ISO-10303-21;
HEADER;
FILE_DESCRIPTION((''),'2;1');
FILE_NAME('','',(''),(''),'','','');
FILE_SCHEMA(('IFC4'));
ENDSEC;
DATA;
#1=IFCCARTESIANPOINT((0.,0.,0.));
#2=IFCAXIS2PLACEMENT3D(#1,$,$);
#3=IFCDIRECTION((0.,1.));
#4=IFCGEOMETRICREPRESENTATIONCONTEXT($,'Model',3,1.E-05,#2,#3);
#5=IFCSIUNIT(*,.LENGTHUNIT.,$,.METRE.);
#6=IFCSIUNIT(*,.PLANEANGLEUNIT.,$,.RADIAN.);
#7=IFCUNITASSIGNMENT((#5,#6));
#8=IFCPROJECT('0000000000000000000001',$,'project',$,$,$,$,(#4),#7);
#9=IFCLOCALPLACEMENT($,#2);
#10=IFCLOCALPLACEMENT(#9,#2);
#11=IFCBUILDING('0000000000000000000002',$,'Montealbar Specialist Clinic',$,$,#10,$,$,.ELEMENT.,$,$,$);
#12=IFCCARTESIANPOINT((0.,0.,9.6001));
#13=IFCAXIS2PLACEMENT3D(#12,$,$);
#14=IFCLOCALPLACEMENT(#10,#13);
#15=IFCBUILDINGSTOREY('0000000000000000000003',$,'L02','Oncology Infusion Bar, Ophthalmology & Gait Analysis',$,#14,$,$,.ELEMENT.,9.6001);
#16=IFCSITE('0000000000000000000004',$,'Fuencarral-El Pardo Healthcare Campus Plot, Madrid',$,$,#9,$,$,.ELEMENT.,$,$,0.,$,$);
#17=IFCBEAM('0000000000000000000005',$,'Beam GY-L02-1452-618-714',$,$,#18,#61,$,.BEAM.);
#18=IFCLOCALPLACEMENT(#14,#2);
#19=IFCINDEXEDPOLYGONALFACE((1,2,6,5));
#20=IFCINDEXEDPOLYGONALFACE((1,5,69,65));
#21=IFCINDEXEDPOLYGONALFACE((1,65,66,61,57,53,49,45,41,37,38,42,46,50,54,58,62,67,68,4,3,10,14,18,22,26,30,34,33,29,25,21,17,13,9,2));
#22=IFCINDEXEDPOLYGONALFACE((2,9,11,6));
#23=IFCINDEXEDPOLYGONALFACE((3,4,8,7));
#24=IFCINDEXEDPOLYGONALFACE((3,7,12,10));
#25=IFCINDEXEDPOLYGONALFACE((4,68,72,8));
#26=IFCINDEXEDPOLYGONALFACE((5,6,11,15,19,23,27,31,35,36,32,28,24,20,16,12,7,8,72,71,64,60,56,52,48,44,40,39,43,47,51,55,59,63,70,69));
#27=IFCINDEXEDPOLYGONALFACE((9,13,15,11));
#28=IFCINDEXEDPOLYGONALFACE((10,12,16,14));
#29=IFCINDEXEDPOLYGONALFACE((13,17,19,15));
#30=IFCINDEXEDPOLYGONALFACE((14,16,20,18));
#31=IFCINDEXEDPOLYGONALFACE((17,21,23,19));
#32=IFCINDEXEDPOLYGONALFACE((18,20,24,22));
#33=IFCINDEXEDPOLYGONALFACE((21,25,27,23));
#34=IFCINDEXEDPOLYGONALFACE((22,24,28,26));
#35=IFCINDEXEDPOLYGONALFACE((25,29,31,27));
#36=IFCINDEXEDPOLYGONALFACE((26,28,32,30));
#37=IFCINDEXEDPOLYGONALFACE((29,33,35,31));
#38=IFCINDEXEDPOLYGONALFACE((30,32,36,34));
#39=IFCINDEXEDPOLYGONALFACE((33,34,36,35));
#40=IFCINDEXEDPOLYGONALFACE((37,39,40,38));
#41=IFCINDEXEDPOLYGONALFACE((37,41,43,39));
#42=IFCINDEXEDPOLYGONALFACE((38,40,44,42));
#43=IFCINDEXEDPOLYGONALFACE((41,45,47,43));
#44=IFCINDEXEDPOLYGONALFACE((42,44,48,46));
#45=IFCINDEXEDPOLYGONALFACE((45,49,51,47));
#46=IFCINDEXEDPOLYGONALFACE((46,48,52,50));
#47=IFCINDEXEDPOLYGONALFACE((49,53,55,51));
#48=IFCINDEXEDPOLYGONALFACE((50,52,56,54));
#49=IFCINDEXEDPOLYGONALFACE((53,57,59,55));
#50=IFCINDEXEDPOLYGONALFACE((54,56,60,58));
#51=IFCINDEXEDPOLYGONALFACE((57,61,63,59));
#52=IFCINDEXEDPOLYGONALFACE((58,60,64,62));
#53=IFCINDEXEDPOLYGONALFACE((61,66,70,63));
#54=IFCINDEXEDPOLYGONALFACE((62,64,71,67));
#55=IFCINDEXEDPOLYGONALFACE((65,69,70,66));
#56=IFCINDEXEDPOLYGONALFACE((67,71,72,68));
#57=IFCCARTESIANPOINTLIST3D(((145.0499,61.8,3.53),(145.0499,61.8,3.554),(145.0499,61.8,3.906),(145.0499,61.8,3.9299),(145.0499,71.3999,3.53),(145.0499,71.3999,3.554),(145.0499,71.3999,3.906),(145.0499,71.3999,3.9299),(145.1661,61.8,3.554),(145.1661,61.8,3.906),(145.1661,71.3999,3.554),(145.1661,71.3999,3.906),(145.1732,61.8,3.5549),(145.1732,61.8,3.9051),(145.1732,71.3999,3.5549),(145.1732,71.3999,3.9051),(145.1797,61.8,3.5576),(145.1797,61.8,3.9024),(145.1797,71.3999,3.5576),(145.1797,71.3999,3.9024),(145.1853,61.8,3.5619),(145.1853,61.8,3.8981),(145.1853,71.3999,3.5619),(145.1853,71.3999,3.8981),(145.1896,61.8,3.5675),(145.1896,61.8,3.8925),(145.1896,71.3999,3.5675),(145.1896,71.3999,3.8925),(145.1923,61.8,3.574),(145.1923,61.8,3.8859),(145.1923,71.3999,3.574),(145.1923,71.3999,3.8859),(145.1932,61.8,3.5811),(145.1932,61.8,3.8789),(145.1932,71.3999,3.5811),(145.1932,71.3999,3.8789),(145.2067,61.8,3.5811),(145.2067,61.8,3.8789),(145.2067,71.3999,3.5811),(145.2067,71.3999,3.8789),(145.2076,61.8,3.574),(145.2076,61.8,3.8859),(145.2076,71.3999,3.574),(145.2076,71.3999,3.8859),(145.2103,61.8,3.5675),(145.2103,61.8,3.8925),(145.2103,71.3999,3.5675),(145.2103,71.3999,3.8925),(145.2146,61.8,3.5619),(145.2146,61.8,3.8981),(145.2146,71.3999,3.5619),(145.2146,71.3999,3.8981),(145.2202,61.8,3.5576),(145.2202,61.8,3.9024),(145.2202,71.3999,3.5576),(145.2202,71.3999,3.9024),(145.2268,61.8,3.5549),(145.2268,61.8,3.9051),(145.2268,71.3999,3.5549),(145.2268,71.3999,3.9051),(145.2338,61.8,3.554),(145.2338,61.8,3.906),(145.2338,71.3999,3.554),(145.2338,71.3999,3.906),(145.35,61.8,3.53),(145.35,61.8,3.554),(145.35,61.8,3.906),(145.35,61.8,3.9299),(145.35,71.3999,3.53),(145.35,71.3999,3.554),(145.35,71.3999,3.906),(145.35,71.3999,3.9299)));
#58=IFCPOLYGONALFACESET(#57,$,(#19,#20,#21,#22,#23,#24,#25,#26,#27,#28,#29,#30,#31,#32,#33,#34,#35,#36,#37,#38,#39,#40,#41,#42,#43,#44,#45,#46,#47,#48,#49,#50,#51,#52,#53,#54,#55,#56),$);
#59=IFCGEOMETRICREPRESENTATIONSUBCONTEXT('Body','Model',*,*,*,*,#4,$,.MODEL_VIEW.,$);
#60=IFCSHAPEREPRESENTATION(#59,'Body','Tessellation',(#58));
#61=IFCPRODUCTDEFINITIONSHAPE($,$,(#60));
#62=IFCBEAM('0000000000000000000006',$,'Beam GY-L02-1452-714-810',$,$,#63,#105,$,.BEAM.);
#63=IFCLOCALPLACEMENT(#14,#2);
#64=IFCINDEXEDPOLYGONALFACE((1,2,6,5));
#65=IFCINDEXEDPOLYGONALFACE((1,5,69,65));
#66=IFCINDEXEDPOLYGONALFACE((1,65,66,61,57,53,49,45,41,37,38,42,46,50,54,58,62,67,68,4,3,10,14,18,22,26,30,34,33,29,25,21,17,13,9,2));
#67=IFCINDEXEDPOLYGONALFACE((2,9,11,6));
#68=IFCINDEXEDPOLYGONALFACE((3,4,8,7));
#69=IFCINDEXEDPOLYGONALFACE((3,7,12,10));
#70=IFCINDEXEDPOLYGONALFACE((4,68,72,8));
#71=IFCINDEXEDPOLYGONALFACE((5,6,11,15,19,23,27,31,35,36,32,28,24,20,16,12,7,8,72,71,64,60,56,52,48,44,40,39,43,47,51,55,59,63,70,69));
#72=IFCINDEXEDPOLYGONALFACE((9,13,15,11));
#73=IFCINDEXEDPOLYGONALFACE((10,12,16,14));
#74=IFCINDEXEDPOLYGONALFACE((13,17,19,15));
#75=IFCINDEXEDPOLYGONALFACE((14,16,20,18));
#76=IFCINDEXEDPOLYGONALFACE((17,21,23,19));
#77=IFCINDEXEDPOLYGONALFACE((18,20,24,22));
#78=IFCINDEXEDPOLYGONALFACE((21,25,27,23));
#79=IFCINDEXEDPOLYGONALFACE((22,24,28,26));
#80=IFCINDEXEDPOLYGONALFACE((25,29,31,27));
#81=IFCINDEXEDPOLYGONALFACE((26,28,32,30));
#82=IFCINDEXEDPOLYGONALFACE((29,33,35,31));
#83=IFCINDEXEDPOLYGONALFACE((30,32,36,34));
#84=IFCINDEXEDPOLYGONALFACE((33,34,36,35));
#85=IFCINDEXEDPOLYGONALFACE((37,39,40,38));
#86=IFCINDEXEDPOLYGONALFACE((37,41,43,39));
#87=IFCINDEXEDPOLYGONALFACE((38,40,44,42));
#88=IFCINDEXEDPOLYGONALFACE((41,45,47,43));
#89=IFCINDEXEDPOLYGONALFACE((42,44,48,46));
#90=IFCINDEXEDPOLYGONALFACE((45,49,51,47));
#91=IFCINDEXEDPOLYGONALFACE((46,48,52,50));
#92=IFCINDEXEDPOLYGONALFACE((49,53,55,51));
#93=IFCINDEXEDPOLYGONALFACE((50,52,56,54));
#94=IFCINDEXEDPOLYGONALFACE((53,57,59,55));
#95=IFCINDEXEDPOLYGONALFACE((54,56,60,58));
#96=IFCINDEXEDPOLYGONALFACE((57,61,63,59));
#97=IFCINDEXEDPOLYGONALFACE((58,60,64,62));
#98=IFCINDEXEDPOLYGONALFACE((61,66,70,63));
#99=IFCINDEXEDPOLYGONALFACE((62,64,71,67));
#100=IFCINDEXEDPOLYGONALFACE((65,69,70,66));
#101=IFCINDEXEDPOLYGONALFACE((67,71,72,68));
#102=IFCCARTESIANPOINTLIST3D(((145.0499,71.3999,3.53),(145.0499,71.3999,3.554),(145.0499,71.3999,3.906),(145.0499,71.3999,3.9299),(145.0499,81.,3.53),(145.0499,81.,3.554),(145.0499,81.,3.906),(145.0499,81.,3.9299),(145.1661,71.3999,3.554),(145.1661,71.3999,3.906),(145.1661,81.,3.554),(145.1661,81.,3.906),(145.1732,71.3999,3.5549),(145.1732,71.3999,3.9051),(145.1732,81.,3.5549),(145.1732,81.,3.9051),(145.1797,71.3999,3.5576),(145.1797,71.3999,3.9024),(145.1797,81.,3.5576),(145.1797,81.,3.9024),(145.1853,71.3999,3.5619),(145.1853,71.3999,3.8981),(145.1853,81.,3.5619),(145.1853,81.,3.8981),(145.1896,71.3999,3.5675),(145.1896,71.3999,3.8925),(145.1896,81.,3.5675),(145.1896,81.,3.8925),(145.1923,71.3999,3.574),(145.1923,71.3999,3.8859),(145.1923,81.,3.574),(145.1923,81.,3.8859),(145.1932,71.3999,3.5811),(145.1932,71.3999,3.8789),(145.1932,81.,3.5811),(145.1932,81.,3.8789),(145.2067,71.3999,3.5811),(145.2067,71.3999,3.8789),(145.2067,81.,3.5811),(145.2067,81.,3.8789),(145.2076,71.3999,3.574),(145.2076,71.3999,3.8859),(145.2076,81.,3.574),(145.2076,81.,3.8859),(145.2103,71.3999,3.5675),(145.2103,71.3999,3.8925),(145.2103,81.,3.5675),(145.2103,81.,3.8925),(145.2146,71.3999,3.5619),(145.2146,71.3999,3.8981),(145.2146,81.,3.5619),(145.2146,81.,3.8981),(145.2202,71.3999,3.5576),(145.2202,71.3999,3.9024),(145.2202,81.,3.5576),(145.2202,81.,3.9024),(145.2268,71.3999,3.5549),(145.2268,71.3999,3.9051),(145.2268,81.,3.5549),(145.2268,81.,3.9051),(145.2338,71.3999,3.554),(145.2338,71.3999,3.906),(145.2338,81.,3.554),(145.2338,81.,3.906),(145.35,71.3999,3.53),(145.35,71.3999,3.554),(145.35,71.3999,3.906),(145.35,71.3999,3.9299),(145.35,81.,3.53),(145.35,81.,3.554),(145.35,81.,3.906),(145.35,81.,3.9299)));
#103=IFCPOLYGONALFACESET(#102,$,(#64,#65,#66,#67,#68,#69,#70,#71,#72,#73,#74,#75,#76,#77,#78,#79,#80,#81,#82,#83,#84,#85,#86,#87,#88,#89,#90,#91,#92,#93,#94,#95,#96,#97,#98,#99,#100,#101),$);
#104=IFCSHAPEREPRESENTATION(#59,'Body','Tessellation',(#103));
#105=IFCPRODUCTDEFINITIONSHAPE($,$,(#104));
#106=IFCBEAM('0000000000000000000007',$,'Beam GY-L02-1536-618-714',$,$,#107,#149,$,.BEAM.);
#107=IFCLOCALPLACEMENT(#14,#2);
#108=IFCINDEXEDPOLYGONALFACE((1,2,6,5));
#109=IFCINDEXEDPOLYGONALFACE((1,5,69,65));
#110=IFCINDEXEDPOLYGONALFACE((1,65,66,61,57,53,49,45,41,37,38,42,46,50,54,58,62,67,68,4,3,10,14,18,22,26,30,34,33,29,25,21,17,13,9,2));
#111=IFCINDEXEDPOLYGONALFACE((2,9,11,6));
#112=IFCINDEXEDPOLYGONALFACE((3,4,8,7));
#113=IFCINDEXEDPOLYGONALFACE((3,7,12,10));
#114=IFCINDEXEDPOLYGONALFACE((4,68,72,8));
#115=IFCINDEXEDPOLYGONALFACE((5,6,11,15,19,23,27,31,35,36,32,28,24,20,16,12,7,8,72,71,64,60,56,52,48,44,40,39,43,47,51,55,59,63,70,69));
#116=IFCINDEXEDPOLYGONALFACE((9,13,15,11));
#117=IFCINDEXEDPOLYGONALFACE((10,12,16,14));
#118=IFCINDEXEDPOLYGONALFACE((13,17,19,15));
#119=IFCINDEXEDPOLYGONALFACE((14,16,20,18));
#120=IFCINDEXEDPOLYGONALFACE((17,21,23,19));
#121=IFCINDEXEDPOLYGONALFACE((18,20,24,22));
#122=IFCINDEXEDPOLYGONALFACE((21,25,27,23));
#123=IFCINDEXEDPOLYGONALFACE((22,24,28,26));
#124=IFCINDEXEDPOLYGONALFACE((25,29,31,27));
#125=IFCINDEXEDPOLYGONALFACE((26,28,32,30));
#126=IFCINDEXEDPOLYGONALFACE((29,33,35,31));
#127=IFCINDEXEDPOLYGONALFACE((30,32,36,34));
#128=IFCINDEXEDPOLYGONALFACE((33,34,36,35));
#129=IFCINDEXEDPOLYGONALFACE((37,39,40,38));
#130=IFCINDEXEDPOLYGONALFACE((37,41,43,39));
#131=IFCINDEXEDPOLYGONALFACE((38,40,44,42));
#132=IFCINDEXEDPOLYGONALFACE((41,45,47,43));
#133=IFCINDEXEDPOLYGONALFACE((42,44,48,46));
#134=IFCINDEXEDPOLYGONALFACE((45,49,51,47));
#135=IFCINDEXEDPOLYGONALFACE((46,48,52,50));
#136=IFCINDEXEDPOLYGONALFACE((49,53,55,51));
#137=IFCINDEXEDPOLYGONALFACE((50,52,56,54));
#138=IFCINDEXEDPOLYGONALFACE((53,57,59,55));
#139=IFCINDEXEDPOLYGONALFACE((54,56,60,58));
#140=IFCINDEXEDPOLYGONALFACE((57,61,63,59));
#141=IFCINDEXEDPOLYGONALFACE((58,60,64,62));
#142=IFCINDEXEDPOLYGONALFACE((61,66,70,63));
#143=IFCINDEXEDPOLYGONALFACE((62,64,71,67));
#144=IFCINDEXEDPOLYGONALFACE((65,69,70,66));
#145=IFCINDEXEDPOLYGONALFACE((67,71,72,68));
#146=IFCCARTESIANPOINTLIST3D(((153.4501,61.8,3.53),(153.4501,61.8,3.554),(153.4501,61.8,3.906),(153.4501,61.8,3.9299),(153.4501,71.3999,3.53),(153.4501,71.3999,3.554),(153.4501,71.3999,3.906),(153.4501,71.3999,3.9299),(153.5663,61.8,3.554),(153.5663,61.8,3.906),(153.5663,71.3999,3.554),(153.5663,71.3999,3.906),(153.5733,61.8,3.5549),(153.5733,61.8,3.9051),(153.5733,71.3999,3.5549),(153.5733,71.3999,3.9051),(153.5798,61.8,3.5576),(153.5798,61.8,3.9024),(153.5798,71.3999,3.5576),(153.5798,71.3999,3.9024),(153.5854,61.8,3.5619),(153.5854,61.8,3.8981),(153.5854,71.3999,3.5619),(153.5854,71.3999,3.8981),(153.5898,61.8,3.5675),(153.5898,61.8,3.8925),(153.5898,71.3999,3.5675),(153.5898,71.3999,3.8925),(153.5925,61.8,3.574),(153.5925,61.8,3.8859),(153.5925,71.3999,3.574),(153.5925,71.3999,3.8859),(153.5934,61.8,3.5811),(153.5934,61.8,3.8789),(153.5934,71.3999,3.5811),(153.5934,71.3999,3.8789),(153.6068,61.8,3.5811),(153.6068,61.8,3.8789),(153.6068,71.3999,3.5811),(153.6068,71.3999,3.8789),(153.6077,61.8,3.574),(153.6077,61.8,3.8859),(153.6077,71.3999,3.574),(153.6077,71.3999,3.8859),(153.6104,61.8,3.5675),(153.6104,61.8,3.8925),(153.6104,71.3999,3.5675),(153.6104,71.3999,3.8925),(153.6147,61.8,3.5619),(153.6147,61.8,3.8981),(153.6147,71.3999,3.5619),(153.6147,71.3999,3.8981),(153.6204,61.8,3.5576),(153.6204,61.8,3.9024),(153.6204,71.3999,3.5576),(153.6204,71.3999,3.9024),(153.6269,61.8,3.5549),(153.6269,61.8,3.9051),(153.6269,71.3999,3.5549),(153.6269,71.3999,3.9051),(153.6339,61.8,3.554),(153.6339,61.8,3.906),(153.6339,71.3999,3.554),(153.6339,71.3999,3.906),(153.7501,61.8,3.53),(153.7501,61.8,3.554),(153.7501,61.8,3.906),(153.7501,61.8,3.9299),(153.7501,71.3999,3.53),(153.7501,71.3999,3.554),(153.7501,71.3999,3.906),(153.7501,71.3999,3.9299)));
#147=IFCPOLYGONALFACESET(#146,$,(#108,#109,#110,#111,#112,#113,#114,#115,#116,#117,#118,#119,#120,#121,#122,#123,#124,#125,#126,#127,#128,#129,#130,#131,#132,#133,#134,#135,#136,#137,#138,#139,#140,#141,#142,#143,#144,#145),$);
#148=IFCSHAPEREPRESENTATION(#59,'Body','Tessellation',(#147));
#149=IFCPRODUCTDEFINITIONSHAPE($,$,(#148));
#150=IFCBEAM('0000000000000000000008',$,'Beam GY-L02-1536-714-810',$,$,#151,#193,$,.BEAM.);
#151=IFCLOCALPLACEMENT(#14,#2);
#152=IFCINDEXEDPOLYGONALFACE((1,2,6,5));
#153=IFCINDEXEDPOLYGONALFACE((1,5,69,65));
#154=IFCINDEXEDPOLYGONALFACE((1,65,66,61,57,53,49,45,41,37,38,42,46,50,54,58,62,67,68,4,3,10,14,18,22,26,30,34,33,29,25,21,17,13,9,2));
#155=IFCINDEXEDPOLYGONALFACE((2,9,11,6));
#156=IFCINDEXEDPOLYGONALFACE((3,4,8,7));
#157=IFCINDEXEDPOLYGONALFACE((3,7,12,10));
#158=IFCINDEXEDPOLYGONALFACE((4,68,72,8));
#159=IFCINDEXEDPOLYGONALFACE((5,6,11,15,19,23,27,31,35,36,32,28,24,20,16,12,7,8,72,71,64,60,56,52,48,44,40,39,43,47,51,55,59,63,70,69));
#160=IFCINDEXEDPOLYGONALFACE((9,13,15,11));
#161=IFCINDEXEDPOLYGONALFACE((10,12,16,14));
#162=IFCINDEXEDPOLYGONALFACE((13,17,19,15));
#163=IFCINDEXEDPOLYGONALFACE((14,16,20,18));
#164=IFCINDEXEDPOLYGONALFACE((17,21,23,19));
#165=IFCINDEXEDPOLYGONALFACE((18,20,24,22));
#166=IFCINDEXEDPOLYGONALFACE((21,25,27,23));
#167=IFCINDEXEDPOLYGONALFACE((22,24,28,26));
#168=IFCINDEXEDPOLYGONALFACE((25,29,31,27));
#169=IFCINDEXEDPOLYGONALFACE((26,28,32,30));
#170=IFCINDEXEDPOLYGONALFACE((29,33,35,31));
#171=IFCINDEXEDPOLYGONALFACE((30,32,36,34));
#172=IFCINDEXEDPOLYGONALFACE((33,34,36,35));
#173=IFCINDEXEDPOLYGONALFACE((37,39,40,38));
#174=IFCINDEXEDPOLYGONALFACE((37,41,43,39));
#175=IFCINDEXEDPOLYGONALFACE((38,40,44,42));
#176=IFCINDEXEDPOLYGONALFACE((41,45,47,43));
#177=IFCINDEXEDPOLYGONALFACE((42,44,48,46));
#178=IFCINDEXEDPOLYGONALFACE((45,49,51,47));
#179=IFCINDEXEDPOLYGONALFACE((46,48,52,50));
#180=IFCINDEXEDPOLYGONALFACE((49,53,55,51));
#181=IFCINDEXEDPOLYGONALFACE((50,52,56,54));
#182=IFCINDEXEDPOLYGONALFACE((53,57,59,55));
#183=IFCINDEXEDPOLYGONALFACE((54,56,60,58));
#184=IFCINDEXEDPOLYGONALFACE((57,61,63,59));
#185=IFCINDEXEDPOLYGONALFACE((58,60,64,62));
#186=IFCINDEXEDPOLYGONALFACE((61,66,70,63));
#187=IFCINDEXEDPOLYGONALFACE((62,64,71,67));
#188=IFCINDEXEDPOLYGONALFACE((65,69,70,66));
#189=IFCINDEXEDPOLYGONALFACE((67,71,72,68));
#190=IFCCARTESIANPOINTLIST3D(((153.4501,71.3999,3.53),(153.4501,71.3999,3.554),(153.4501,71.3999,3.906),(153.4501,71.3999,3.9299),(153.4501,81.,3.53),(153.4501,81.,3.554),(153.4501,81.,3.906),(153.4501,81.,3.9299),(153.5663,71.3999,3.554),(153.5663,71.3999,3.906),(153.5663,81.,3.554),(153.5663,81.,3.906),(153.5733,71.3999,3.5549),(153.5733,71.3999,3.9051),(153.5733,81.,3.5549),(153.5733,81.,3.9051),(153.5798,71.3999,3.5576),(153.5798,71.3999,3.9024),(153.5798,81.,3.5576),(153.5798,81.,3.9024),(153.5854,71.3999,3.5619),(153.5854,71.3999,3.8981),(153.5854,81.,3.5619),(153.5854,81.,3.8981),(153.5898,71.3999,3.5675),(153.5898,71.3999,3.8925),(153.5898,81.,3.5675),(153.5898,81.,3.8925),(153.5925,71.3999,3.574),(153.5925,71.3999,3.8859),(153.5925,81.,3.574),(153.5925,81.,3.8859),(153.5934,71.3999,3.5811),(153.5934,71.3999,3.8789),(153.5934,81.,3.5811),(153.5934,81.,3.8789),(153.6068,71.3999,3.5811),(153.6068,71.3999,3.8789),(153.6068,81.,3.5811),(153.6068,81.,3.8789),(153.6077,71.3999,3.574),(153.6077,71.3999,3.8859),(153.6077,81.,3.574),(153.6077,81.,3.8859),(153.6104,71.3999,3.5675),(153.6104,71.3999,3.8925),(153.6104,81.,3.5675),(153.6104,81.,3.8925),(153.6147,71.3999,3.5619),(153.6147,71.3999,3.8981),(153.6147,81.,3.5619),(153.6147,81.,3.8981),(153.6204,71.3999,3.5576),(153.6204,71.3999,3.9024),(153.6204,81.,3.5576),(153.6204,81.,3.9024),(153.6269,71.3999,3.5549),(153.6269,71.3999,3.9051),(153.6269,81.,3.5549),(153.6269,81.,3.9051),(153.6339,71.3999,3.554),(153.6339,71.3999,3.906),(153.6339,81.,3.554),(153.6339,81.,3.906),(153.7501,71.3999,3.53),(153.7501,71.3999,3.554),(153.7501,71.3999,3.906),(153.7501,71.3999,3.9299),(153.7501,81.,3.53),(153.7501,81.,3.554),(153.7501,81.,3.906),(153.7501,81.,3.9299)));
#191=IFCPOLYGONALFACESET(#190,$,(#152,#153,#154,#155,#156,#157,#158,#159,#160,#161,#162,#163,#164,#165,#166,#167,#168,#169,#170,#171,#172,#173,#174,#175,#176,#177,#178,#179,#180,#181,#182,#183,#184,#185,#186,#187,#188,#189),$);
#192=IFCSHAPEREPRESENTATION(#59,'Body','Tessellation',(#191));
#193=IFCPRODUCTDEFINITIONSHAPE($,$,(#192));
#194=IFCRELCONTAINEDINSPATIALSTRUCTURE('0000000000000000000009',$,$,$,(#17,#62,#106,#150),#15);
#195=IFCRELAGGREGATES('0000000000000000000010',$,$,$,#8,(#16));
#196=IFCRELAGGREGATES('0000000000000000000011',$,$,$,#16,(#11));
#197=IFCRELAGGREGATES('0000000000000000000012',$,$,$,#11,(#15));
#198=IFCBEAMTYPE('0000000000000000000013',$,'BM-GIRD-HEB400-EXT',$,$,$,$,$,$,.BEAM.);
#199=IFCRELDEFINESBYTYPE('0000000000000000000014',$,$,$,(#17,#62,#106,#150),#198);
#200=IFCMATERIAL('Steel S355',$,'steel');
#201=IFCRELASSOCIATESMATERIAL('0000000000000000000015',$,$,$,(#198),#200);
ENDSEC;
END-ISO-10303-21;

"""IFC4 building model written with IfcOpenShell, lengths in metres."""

from ifc_helpers import new_model, si_unit, direction, frame, origin, origin_2d, place, context, subcontext, project, spatial, i_section, extrude, material, material_profile, profile_set, type_object, element, save


model = new_model("IFC4")

# Units and contexts
model_context = context("Model", 3, precision=1e-05, world=origin(), true_north=direction((0.0, 1.0)))
body_context = subcontext(model_context, "Body", "Model", "MODEL_VIEW")
ifc_project = project(units=[si_unit("LENGTHUNIT", "METRE"), si_unit("PLANEANGLEUNIT", "RADIAN")], contexts=[model_context])

# Site, building, storey
site_placement = place(None, origin())
site = spatial("IfcSite", under=ifc_project, at=site_placement, Name="Fuencarral-El Pardo Healthcare Campus Plot, Madrid", CompositionType="ELEMENT", RefElevation=0.0)
building_placement = place(site_placement, origin())
building = spatial("IfcBuilding", under=site, at=building_placement, Name="Montealbar Specialist Clinic", CompositionType="ELEMENT")
storey_placement = place(building_placement, frame((0.0, 0.0, 9.6001)))
storey = spatial("IfcBuildingStorey", under=building, at=storey_placement, Name="L02", Description="Oncology Infusion Bar, Ophthalmology & Gait Analysis", CompositionType="ELEMENT", Elevation=9.6001)

# Shared definitions
ifc_material_1 = material(Name="Steel S355", Category="steel")

# Beams
ifc_material_profile_1 = material_profile(ifc_material_1, i_section(OverallWidth=0.3, OverallDepth=0.3999, WebThickness=0.0134, FlangeThickness=0.0239, FilletRadius=0.0271, at=origin_2d()), Name="HEB 400", Category="steel")
ifc_profile_set_1 = profile_set([ifc_material_profile_1], Name="Steel S355")
beam_type_1 = type_object("IfcBeamType", Name="BM-GIRD-HEB400-EXT", PredefinedType="BEAM", material=ifc_profile_set_1)
beam_1_placement = place(storey_placement, frame((145.2, 61.8, 3.73), z_axis=(0.0, 1.0, 0.0), x_axis=(-1.0, 0.0, 0.0)))
element("IfcBeam", 1, at=beam_1_placement, inside=storey, type_object=beam_type_1, Name="Beam GY-L02-1452-618-714", PredefinedType="BEAM", context=body_context, shape_type="SweptSolid", body=[
    extrude(i_section(OverallWidth=0.3, OverallDepth=0.3999, WebThickness=0.0134, FlangeThickness=0.0239, FilletRadius=0.0271, at=origin_2d()), origin(), (0.0, 0.0, 1.0), 9.5999),
])
beam_2_placement = place(storey_placement, frame((145.2, 71.3999, 3.73), z_axis=(0.0, 1.0, 0.0), x_axis=(-1.0, 0.0, 0.0)))
element("IfcBeam", 2, at=beam_2_placement, inside=storey, type_object=beam_type_1, Name="Beam GY-L02-1452-714-810", PredefinedType="BEAM", context=body_context, shape_type="SweptSolid", body=[
    extrude(i_section(OverallWidth=0.3, OverallDepth=0.3999, WebThickness=0.0134, FlangeThickness=0.0239, FilletRadius=0.0271, at=origin_2d()), origin(), (0.0, 0.0, 1.0), 9.6001),
])
beam_3_placement = place(storey_placement, frame((153.6001, 61.8, 3.73), z_axis=(0.0, 1.0, 0.0), x_axis=(-1.0, 0.0, 0.0)))
element("IfcBeam", 3, at=beam_3_placement, inside=storey, type_object=beam_type_1, Name="Beam GY-L02-1536-618-714", PredefinedType="BEAM", context=body_context, shape_type="SweptSolid", body=[
    extrude(i_section(OverallWidth=0.3, OverallDepth=0.3999, WebThickness=0.0134, FlangeThickness=0.0239, FilletRadius=0.0271, at=origin_2d()), origin(), (0.0, 0.0, 1.0), 9.5999),
])
beam_4_placement = place(storey_placement, frame((153.6001, 71.3999, 3.73), z_axis=(0.0, 1.0, 0.0), x_axis=(-1.0, 0.0, 0.0)))
element("IfcBeam", 4, at=beam_4_placement, inside=storey, type_object=beam_type_1, Name="Beam GY-L02-1536-714-810", PredefinedType="BEAM", context=body_context, shape_type="SweptSolid", body=[
    extrude(i_section(OverallWidth=0.3, OverallDepth=0.3999, WebThickness=0.0134, FlangeThickness=0.0239, FilletRadius=0.0271, at=origin_2d()), origin(), (0.0, 0.0, 1.0), 9.6001),
])

save(model, "model.ifc")
